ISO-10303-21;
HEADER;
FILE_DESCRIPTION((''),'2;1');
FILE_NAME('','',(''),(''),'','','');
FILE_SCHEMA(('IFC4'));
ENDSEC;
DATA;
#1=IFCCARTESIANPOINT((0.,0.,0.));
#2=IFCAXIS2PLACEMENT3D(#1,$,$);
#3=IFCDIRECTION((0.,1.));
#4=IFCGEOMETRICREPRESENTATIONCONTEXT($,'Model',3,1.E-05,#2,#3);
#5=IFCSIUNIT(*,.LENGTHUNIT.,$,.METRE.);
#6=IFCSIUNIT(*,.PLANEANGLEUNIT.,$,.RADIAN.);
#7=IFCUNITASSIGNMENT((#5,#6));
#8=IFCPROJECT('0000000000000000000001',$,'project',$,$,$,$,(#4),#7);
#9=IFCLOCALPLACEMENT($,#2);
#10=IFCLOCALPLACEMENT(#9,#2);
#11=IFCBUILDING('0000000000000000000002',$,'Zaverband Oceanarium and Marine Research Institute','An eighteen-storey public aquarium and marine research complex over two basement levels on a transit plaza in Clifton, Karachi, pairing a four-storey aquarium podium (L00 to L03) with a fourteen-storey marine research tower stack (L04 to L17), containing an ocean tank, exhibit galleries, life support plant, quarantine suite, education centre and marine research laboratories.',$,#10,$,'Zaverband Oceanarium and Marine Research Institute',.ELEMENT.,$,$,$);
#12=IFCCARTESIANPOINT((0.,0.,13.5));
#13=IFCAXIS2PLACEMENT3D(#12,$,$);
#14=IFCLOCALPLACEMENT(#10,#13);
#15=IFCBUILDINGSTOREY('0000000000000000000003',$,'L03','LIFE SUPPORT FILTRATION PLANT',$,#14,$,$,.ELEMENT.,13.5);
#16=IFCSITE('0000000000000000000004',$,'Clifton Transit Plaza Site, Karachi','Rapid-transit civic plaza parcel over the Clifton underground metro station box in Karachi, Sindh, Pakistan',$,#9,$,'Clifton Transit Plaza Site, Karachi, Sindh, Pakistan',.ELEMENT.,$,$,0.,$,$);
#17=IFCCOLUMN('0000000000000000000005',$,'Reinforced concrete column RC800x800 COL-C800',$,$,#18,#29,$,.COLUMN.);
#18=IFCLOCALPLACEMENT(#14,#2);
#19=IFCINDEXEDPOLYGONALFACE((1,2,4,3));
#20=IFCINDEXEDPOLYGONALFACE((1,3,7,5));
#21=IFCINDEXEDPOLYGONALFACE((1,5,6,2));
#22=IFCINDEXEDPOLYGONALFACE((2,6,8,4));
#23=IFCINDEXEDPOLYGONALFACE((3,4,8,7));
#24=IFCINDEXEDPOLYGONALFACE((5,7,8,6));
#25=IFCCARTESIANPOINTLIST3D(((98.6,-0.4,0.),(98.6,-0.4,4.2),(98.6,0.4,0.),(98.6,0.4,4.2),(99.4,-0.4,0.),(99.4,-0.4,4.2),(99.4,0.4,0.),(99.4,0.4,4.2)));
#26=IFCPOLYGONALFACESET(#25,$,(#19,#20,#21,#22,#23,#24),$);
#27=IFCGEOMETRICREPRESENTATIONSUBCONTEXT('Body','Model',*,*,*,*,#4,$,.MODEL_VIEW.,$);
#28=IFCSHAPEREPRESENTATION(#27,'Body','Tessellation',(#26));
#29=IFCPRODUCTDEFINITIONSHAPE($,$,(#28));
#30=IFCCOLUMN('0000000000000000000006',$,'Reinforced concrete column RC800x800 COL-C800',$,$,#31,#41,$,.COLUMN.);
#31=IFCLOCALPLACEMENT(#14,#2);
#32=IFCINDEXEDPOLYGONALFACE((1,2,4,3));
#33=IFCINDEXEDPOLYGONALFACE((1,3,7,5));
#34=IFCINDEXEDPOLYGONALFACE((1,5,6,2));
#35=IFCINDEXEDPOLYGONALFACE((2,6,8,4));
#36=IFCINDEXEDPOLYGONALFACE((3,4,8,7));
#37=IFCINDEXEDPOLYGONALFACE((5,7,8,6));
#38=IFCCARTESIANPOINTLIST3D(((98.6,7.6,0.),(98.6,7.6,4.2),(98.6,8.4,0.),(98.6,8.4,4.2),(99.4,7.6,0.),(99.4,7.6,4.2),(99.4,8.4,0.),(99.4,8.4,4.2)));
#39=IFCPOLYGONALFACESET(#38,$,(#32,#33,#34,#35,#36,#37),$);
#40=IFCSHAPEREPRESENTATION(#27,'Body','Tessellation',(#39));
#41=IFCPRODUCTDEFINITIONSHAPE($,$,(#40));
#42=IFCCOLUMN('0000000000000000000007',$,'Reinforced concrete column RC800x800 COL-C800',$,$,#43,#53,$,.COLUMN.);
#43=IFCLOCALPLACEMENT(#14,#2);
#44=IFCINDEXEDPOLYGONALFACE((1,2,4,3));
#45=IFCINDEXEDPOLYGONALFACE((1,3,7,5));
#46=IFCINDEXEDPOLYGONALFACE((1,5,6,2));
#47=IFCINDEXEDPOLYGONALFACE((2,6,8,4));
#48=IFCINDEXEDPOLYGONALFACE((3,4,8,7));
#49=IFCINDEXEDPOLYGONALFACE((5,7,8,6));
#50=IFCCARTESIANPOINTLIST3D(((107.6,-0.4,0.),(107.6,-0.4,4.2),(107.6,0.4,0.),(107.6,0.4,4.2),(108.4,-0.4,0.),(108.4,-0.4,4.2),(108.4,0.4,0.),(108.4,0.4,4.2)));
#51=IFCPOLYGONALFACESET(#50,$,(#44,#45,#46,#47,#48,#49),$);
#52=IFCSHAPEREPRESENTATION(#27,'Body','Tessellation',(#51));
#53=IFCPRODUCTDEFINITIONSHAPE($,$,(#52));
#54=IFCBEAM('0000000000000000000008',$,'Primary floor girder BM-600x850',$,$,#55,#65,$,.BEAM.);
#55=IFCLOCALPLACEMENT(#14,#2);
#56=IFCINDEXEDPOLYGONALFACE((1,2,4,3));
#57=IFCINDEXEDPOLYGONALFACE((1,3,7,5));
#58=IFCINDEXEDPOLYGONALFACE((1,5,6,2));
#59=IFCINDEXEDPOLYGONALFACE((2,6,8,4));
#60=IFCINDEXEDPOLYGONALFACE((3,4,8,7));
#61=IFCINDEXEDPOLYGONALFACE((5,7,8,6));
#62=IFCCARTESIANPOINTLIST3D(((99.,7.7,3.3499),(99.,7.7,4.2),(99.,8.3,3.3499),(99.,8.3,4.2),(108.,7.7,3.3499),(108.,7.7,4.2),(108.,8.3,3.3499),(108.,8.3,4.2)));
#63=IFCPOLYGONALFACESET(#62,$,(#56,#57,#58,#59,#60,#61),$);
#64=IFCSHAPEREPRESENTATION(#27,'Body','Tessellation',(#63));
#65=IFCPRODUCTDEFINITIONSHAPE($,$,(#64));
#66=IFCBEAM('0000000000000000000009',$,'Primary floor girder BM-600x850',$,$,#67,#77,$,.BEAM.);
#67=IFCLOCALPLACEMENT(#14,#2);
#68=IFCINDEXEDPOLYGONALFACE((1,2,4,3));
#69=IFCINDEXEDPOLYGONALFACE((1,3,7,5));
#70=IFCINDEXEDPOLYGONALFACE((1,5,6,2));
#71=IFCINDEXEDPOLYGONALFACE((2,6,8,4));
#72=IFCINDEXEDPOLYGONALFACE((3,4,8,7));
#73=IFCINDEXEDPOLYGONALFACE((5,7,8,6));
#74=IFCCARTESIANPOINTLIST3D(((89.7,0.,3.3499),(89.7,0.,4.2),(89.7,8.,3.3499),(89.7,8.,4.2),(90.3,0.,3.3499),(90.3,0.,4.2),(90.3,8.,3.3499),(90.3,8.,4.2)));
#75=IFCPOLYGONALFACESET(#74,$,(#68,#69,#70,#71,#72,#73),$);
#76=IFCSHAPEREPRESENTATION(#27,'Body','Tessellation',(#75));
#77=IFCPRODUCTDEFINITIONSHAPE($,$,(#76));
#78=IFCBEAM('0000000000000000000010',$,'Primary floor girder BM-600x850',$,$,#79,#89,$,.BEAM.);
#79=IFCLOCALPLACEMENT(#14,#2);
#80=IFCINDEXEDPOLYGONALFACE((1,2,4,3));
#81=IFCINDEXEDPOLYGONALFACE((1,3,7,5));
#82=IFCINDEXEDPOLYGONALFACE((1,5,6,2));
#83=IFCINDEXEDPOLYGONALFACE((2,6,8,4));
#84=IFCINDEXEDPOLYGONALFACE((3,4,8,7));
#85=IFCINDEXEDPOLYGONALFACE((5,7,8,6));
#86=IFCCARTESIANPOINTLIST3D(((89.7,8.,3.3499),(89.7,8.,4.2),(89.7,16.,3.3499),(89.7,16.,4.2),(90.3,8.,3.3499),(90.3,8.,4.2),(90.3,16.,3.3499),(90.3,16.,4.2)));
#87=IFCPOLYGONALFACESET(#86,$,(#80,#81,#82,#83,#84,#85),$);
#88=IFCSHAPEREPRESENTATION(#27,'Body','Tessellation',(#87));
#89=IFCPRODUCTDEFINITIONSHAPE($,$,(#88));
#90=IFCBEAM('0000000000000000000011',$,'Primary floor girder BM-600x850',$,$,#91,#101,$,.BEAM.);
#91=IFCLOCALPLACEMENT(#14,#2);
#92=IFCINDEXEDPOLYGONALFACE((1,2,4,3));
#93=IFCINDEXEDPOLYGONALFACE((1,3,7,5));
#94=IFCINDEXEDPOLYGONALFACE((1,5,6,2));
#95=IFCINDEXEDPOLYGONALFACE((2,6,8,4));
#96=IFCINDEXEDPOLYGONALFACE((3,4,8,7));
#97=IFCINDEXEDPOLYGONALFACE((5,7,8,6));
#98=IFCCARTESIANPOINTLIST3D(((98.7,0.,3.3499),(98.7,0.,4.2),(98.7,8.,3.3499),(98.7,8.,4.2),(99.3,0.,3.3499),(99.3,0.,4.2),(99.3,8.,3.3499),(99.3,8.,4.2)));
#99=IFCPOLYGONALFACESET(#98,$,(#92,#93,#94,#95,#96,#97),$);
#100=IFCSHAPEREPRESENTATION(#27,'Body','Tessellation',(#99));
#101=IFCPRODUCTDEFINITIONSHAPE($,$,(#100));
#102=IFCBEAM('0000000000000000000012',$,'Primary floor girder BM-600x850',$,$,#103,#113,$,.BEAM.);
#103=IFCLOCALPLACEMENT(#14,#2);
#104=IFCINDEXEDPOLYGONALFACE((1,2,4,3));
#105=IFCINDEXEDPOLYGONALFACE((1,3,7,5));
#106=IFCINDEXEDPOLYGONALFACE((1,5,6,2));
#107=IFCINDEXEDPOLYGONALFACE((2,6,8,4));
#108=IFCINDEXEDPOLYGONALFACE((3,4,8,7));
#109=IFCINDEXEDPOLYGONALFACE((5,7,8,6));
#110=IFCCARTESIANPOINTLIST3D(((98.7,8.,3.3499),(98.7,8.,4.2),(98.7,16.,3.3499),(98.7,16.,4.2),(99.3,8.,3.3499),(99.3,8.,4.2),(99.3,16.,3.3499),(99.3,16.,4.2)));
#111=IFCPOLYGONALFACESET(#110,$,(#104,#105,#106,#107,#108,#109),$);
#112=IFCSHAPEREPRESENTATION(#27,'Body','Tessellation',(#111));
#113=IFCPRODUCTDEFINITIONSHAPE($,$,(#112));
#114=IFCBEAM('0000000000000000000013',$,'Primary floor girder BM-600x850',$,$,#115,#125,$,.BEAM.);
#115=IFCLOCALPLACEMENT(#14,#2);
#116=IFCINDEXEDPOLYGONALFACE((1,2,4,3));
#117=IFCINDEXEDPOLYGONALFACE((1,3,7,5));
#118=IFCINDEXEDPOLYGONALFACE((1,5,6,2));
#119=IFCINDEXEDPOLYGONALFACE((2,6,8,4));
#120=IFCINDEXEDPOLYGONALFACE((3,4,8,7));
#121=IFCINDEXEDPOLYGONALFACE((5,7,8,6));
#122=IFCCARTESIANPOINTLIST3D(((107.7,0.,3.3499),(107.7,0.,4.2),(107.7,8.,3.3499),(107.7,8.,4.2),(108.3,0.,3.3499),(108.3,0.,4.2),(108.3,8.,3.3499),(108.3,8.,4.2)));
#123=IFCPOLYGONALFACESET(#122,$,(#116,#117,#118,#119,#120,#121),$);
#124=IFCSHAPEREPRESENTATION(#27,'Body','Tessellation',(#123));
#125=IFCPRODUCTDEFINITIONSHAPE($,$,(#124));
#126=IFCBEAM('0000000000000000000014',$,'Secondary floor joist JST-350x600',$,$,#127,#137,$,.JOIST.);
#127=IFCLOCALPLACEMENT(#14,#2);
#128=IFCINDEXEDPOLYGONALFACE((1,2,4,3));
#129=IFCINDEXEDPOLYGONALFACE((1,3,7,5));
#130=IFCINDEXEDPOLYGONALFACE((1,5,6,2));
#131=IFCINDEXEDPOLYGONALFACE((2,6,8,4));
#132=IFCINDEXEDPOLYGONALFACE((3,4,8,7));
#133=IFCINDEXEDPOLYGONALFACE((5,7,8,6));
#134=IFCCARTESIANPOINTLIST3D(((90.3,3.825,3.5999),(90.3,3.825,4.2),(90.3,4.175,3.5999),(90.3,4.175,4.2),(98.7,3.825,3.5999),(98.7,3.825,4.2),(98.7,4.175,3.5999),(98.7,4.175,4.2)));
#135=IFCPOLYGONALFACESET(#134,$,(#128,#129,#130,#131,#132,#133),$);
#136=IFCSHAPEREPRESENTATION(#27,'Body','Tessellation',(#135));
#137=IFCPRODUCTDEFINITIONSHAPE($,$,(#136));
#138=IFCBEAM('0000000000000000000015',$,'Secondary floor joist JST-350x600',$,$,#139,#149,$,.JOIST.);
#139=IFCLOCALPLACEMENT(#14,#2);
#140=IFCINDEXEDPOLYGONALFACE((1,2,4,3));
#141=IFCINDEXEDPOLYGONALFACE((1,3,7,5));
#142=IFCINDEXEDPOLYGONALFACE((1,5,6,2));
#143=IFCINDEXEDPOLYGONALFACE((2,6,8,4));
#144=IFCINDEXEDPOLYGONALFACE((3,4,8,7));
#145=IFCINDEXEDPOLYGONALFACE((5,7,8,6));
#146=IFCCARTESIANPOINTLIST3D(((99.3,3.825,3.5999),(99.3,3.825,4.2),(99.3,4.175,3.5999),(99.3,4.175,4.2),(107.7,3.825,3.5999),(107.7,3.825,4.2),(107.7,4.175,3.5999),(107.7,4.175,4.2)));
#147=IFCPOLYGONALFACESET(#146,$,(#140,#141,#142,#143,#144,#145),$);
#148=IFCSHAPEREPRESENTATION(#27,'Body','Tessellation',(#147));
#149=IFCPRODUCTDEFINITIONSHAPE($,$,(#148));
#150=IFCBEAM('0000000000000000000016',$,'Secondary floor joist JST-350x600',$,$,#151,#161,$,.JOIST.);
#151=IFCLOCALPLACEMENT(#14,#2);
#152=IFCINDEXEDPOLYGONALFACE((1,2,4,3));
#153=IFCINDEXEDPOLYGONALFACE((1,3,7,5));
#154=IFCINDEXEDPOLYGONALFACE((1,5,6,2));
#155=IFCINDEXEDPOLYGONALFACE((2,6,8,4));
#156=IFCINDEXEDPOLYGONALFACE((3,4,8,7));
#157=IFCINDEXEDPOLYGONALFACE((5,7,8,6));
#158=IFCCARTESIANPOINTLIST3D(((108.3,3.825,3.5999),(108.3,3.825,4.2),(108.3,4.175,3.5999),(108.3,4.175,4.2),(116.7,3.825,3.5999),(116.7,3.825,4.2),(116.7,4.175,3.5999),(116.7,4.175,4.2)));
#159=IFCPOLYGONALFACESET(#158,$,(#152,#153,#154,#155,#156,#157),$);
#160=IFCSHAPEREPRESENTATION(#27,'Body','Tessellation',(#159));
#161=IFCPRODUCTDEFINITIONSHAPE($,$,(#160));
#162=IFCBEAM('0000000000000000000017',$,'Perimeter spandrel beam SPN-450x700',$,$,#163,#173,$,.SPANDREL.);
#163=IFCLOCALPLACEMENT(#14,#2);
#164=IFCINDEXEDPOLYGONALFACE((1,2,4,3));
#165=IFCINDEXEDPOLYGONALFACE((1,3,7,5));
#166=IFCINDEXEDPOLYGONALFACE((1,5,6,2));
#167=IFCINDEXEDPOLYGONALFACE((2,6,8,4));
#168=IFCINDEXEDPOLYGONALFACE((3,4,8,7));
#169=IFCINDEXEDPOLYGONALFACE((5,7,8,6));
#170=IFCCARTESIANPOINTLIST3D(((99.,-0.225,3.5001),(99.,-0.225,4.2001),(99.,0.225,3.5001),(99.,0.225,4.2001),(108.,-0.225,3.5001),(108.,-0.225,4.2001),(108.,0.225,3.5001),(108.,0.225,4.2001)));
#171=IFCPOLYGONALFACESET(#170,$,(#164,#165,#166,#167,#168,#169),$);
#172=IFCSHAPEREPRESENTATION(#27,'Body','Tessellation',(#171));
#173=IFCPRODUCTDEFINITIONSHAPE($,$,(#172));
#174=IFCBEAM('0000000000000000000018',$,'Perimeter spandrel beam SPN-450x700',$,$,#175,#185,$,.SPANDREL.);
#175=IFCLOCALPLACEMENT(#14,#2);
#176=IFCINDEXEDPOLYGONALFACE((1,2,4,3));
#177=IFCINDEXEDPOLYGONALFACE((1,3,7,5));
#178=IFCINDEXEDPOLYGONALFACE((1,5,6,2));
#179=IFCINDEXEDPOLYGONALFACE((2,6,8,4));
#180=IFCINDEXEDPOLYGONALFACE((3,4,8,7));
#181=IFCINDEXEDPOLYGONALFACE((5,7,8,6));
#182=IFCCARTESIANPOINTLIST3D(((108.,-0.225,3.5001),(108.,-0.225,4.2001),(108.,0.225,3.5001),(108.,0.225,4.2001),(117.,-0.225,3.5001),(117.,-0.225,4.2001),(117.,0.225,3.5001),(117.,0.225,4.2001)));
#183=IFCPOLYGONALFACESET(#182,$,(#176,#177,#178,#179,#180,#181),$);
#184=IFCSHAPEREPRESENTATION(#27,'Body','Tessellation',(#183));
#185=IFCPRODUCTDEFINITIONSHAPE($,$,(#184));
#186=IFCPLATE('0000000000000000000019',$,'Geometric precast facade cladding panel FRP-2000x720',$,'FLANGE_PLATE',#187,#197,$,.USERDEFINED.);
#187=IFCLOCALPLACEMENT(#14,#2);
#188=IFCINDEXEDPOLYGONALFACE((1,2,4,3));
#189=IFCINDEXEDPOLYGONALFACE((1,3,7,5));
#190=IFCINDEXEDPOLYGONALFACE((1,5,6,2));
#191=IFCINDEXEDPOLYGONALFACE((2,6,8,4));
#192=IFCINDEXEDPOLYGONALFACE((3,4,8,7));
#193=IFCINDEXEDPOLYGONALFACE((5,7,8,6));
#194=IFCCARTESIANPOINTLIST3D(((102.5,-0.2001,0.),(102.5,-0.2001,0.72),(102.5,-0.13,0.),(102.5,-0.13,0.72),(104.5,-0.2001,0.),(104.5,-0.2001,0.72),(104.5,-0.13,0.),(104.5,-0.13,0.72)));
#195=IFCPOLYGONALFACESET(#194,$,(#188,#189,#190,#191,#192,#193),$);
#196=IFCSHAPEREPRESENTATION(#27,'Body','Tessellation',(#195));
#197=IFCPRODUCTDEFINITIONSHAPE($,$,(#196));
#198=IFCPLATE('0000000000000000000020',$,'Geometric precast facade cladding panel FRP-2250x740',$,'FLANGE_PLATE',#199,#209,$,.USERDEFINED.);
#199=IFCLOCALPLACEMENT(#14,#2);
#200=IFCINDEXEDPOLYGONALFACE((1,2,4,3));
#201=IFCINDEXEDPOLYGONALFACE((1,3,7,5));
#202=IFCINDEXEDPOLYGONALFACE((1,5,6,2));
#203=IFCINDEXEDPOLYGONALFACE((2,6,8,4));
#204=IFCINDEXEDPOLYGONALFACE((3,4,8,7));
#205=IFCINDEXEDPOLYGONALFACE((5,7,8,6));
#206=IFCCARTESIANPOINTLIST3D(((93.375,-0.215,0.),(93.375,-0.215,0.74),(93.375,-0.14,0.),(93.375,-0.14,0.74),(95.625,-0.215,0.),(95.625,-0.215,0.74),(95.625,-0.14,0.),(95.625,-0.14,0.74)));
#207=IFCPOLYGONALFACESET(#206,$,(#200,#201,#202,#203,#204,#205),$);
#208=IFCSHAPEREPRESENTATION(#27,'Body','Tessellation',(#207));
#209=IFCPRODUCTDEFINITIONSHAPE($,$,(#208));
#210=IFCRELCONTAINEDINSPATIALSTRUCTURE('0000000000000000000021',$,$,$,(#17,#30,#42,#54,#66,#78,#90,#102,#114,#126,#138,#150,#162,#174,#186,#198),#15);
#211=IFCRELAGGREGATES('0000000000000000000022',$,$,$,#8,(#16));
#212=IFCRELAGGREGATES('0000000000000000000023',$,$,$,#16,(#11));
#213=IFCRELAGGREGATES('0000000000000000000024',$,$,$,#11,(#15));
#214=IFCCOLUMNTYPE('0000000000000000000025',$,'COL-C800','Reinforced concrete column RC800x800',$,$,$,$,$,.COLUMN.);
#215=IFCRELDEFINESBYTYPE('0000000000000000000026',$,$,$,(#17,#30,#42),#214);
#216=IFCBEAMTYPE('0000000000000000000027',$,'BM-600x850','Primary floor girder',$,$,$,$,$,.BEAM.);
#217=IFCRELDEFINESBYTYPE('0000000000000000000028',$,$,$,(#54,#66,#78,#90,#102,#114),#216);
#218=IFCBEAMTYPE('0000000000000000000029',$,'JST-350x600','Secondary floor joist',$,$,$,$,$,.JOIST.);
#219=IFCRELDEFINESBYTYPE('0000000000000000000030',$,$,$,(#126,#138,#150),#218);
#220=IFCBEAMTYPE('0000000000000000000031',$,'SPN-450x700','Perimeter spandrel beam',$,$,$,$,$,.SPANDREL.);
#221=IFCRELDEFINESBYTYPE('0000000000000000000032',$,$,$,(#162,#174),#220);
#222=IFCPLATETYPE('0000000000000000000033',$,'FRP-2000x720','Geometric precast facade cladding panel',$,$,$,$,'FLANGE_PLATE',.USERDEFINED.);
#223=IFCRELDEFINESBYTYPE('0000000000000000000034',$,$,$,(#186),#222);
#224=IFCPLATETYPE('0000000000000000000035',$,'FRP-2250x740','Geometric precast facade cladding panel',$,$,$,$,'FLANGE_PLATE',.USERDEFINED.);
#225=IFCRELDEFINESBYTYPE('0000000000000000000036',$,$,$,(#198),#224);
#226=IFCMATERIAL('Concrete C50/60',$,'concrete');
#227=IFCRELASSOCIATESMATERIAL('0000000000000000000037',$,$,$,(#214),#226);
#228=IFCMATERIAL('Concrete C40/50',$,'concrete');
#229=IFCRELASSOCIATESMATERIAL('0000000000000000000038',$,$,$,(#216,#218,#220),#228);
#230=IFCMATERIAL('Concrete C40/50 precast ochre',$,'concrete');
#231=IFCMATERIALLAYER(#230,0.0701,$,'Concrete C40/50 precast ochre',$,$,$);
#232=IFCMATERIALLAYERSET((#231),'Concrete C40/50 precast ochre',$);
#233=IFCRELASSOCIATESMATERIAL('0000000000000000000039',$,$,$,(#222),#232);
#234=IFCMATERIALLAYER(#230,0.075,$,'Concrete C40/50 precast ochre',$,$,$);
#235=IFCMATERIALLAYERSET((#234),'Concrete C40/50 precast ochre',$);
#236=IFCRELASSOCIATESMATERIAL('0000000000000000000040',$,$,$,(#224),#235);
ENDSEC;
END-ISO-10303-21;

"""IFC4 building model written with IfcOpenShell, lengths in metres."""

from ifc_helpers import new_model, si_unit, direction, frame, frame_2d, origin, origin_2d, place, context, subcontext, project, spatial, rectangle, extrude, material, layer, layer_set, material_profile, profile_set, type_object, element, save


model = new_model("IFC4")

# Units and contexts
model_context = context("Model", 3, precision=1e-05, world=origin(), true_north=direction((0.0, 1.0)))
body_context = subcontext(model_context, "Body", "Model", "MODEL_VIEW")
ifc_project = project(units=[si_unit("LENGTHUNIT", "METRE"), si_unit("PLANEANGLEUNIT", "RADIAN")], contexts=[model_context])

# Site, building, storey
site_placement = place(None, origin())
site = spatial("IfcSite", under=ifc_project, at=site_placement, Name="Clifton Transit Plaza Site, Karachi", Description="Rapid-transit civic plaza parcel over the Clifton underground metro station box in Karachi, Sindh, Pakistan", LongName="Clifton Transit Plaza Site, Karachi, Sindh, Pakistan", CompositionType="ELEMENT", RefElevation=0.0)
building_placement = place(site_placement, origin())
building = spatial("IfcBuilding", under=site, at=building_placement, Name="Zaverband Oceanarium and Marine Research Institute", Description="An eighteen-storey public aquarium and marine research complex over two basement levels on a transit plaza in Clifton, Karachi, pairing a four-storey aquarium podium (L00 to L03) with a fourteen-storey marine research tower stack (L04 to L17), containing an ocean tank, exhibit galleries, life support plant, quarantine suite, education centre and marine research laboratories.", LongName="Zaverband Oceanarium and Marine Research Institute", CompositionType="ELEMENT")
storey_placement = place(building_placement, frame((0.0, 0.0, 13.5)))
storey = spatial("IfcBuildingStorey", under=building, at=storey_placement, Name="L03", Description="LIFE SUPPORT FILTRATION PLANT", CompositionType="ELEMENT", Elevation=13.5)

# Columns
ifc_material_1 = material(Name="Concrete C50/60", Category="concrete")
ifc_material_profile_1 = material_profile(ifc_material_1, rectangle(XDim=0.8, YDim=0.8, at=origin_2d()), Name="RC800x800")
ifc_profile_set_1 = profile_set([ifc_material_profile_1], Name="Concrete C50/60")
column_type = type_object("IfcColumnType", Name="COL-C800", Description="Reinforced concrete column RC800x800", PredefinedType="COLUMN", material=ifc_profile_set_1)
for number, where, z_axis, x_axis, name in (
    (1, (99.0, 0.0, 0.0), (0.0, 0.0, 1.0), (1.0, 0.0, 0.0), "Reinforced concrete column RC800x800 COL-C800"),
    (2, (99.0, 8.0, 0.0), (0.0, 0.0, 1.0), (1.0, 0.0, 0.0), "Reinforced concrete column RC800x800 COL-C800"),
    (3, (108.0, 0.0, 0.0), (0.0, 0.0, 1.0), (1.0, 0.0, 0.0), "Reinforced concrete column RC800x800 COL-C800"),
):
    element("IfcColumn", number, at=place(storey_placement, frame(where, z_axis=z_axis, x_axis=x_axis)), inside=storey, type_object=column_type, Name=name, PredefinedType="COLUMN", context=body_context, shape_type="SweptSolid", body=[
        extrude(rectangle(XDim=0.8, YDim=0.8, at=origin_2d()), origin(), (0.0, 0.0, 1.0), 4.2),
    ])

# Beams
ifc_material_2 = material(Name="Concrete C40/50", Category="concrete")
ifc_material_profile_2 = material_profile(ifc_material_2, rectangle(XDim=0.6001, YDim=0.8501, at=origin_2d()), Name="RC600x850")
ifc_profile_set_2 = profile_set([ifc_material_profile_2], Name="Concrete C40/50")
beam_type_1 = type_object("IfcBeamType", Name="BM-600x850", Description="Primary floor girder", PredefinedType="BEAM", material=ifc_profile_set_2)
beam_placement = place(storey_placement, frame((99.0, 8.0, 3.7749), z_axis=(1.0, 0.0, 0.0), x_axis=(0.0, 1.0, 0.0)))
element("IfcBeam", 4, at=beam_placement, inside=storey, type_object=beam_type_1, Name="Primary floor girder BM-600x850", PredefinedType="BEAM", context=body_context, shape_type="SweptSolid", body=[
    extrude(rectangle(XDim=0.6001, YDim=0.8501, at=origin_2d()), origin(), (0.0, 0.0, 1.0), 9.0),
])
for number, where, z_axis, x_axis, name in (
    (5, (90.0, 0.0, 3.7749), (0.0, 1.0, 0.0), (-1.0, 0.0, 0.0), "Primary floor girder BM-600x850"),
    (6, (90.0, 8.0, 3.7749), (0.0, 1.0, 0.0), (-1.0, 0.0, 0.0), "Primary floor girder BM-600x850"),
    (7, (99.0, 0.0, 3.7749), (0.0, 1.0, 0.0), (-1.0, 0.0, 0.0), "Primary floor girder BM-600x850"),
    (8, (99.0, 8.0, 3.7749), (0.0, 1.0, 0.0), (-1.0, 0.0, 0.0), "Primary floor girder BM-600x850"),
    (9, (108.0, 0.0, 3.7749), (0.0, 1.0, 0.0), (-1.0, 0.0, 0.0), "Primary floor girder BM-600x850"),
):
    element("IfcBeam", number, at=place(storey_placement, frame(where, z_axis=z_axis, x_axis=x_axis)), inside=storey, type_object=beam_type_1, Name=name, PredefinedType="BEAM", context=body_context, shape_type="SweptSolid", body=[
        extrude(rectangle(XDim=0.6001, YDim=0.8501, at=origin_2d()), origin(), (0.0, 0.0, 1.0), 8.0),
    ])
ifc_material_profile_3 = material_profile(ifc_material_2, rectangle(XDim=0.3501, YDim=0.6001, at=origin_2d()), Name="RC350x600")
ifc_profile_set_3 = profile_set([ifc_material_profile_3], Name="Concrete C40/50")
beam_type_2 = type_object("IfcBeamType", Name="JST-350x600", Description="Secondary floor joist", PredefinedType="JOIST", material=ifc_profile_set_3)
for number, where, z_axis, x_axis, name in (
    (10, (90.3, 4.0, 3.8999), (1.0, 0.0, 0.0), (0.0, 1.0, 0.0), "Secondary floor joist JST-350x600"),
    (11, (99.3, 4.0, 3.8999), (1.0, 0.0, 0.0), (0.0, 1.0, 0.0), "Secondary floor joist JST-350x600"),
    (12, (108.3, 4.0, 3.8999), (1.0, 0.0, 0.0), (0.0, 1.0, 0.0), "Secondary floor joist JST-350x600"),
):
    element("IfcBeam", number, at=place(storey_placement, frame(where, z_axis=z_axis, x_axis=x_axis)), inside=storey, type_object=beam_type_2, Name=name, PredefinedType="JOIST", context=body_context, shape_type="SweptSolid", body=[
        extrude(rectangle(XDim=0.3501, YDim=0.6001, at=origin_2d()), origin(), (0.0, 0.0, 1.0), 8.3999),
    ])
ifc_material_profile_4 = material_profile(ifc_material_2, rectangle(XDim=0.45, YDim=0.7, at=origin_2d()), Name="RC450x700")
ifc_profile_set_4 = profile_set([ifc_material_profile_4], Name="Concrete C40/50")
beam_type_3 = type_object("IfcBeamType", Name="SPN-450x700", Description="Perimeter spandrel beam", PredefinedType="SPANDREL", material=ifc_profile_set_4)
for number, where, z_axis, x_axis, name in (
    (13, (99.0, 0.0, 3.8501), (1.0, 0.0, 0.0), (0.0, 1.0, 0.0), "Perimeter spandrel beam SPN-450x700"),
    (14, (108.0, 0.0, 3.8501), (1.0, 0.0, 0.0), (0.0, 1.0, 0.0), "Perimeter spandrel beam SPN-450x700"),
):
    element("IfcBeam", number, at=place(storey_placement, frame(where, z_axis=z_axis, x_axis=x_axis)), inside=storey, type_object=beam_type_3, Name=name, PredefinedType="SPANDREL", context=body_context, shape_type="SweptSolid", body=[
        extrude(rectangle(XDim=0.45, YDim=0.7, at=origin_2d()), origin(), (0.0, 0.0, 1.0), 9.0),
    ])

# Plates
ifc_material_3 = material(Name="Concrete C40/50 precast ochre", Category="concrete")
ifc_layer_1 = layer(ifc_material_3, 0.0701, Name="Concrete C40/50 precast ochre")
ifc_layer_set_1 = layer_set([ifc_layer_1], Name="Concrete C40/50 precast ochre")
plate_type_1 = type_object("IfcPlateType", Name="FRP-2000x720", Description="Geometric precast facade cladding panel", ElementType="FLANGE_PLATE", PredefinedType="USERDEFINED", material=ifc_layer_set_1)
plate_1_placement = place(storey_placement, frame((102.5, -0.165, 0.0), z_axis=(0.0, 0.0, 1.0), x_axis=(1.0, 0.0, 0.0)))
element("IfcPlate", 15, at=plate_1_placement, inside=storey, type_object=plate_type_1, Name="Geometric precast facade cladding panel FRP-2000x720", ObjectType="FLANGE_PLATE", PredefinedType="USERDEFINED", context=body_context, shape_type="SweptSolid", body=[
    extrude(rectangle(XDim=2.0, YDim=0.0701, at=frame_2d((1.0, 0.0))), origin(), (0.0, 0.0, 1.0), 0.72),
])
ifc_layer_2 = layer(ifc_material_3, 0.075, Name="Concrete C40/50 precast ochre")
ifc_layer_set_2 = layer_set([ifc_layer_2], Name="Concrete C40/50 precast ochre")
plate_type_2 = type_object("IfcPlateType", Name="FRP-2250x740", Description="Geometric precast facade cladding panel", ElementType="FLANGE_PLATE", PredefinedType="USERDEFINED", material=ifc_layer_set_2)
plate_2_placement = place(storey_placement, frame((93.375, -0.1775, 0.0), z_axis=(0.0, 0.0, 1.0), x_axis=(1.0, 0.0, 0.0)))
element("IfcPlate", 16, at=plate_2_placement, inside=storey, type_object=plate_type_2, Name="Geometric precast facade cladding panel FRP-2250x740", ObjectType="FLANGE_PLATE", PredefinedType="USERDEFINED", context=body_context, shape_type="SweptSolid", body=[
    extrude(rectangle(XDim=2.25, YDim=0.075, at=frame_2d((1.125, 0.0))), origin(), (0.0, 0.0, 1.0), 0.74),
])

save(model, "model.ifc")
